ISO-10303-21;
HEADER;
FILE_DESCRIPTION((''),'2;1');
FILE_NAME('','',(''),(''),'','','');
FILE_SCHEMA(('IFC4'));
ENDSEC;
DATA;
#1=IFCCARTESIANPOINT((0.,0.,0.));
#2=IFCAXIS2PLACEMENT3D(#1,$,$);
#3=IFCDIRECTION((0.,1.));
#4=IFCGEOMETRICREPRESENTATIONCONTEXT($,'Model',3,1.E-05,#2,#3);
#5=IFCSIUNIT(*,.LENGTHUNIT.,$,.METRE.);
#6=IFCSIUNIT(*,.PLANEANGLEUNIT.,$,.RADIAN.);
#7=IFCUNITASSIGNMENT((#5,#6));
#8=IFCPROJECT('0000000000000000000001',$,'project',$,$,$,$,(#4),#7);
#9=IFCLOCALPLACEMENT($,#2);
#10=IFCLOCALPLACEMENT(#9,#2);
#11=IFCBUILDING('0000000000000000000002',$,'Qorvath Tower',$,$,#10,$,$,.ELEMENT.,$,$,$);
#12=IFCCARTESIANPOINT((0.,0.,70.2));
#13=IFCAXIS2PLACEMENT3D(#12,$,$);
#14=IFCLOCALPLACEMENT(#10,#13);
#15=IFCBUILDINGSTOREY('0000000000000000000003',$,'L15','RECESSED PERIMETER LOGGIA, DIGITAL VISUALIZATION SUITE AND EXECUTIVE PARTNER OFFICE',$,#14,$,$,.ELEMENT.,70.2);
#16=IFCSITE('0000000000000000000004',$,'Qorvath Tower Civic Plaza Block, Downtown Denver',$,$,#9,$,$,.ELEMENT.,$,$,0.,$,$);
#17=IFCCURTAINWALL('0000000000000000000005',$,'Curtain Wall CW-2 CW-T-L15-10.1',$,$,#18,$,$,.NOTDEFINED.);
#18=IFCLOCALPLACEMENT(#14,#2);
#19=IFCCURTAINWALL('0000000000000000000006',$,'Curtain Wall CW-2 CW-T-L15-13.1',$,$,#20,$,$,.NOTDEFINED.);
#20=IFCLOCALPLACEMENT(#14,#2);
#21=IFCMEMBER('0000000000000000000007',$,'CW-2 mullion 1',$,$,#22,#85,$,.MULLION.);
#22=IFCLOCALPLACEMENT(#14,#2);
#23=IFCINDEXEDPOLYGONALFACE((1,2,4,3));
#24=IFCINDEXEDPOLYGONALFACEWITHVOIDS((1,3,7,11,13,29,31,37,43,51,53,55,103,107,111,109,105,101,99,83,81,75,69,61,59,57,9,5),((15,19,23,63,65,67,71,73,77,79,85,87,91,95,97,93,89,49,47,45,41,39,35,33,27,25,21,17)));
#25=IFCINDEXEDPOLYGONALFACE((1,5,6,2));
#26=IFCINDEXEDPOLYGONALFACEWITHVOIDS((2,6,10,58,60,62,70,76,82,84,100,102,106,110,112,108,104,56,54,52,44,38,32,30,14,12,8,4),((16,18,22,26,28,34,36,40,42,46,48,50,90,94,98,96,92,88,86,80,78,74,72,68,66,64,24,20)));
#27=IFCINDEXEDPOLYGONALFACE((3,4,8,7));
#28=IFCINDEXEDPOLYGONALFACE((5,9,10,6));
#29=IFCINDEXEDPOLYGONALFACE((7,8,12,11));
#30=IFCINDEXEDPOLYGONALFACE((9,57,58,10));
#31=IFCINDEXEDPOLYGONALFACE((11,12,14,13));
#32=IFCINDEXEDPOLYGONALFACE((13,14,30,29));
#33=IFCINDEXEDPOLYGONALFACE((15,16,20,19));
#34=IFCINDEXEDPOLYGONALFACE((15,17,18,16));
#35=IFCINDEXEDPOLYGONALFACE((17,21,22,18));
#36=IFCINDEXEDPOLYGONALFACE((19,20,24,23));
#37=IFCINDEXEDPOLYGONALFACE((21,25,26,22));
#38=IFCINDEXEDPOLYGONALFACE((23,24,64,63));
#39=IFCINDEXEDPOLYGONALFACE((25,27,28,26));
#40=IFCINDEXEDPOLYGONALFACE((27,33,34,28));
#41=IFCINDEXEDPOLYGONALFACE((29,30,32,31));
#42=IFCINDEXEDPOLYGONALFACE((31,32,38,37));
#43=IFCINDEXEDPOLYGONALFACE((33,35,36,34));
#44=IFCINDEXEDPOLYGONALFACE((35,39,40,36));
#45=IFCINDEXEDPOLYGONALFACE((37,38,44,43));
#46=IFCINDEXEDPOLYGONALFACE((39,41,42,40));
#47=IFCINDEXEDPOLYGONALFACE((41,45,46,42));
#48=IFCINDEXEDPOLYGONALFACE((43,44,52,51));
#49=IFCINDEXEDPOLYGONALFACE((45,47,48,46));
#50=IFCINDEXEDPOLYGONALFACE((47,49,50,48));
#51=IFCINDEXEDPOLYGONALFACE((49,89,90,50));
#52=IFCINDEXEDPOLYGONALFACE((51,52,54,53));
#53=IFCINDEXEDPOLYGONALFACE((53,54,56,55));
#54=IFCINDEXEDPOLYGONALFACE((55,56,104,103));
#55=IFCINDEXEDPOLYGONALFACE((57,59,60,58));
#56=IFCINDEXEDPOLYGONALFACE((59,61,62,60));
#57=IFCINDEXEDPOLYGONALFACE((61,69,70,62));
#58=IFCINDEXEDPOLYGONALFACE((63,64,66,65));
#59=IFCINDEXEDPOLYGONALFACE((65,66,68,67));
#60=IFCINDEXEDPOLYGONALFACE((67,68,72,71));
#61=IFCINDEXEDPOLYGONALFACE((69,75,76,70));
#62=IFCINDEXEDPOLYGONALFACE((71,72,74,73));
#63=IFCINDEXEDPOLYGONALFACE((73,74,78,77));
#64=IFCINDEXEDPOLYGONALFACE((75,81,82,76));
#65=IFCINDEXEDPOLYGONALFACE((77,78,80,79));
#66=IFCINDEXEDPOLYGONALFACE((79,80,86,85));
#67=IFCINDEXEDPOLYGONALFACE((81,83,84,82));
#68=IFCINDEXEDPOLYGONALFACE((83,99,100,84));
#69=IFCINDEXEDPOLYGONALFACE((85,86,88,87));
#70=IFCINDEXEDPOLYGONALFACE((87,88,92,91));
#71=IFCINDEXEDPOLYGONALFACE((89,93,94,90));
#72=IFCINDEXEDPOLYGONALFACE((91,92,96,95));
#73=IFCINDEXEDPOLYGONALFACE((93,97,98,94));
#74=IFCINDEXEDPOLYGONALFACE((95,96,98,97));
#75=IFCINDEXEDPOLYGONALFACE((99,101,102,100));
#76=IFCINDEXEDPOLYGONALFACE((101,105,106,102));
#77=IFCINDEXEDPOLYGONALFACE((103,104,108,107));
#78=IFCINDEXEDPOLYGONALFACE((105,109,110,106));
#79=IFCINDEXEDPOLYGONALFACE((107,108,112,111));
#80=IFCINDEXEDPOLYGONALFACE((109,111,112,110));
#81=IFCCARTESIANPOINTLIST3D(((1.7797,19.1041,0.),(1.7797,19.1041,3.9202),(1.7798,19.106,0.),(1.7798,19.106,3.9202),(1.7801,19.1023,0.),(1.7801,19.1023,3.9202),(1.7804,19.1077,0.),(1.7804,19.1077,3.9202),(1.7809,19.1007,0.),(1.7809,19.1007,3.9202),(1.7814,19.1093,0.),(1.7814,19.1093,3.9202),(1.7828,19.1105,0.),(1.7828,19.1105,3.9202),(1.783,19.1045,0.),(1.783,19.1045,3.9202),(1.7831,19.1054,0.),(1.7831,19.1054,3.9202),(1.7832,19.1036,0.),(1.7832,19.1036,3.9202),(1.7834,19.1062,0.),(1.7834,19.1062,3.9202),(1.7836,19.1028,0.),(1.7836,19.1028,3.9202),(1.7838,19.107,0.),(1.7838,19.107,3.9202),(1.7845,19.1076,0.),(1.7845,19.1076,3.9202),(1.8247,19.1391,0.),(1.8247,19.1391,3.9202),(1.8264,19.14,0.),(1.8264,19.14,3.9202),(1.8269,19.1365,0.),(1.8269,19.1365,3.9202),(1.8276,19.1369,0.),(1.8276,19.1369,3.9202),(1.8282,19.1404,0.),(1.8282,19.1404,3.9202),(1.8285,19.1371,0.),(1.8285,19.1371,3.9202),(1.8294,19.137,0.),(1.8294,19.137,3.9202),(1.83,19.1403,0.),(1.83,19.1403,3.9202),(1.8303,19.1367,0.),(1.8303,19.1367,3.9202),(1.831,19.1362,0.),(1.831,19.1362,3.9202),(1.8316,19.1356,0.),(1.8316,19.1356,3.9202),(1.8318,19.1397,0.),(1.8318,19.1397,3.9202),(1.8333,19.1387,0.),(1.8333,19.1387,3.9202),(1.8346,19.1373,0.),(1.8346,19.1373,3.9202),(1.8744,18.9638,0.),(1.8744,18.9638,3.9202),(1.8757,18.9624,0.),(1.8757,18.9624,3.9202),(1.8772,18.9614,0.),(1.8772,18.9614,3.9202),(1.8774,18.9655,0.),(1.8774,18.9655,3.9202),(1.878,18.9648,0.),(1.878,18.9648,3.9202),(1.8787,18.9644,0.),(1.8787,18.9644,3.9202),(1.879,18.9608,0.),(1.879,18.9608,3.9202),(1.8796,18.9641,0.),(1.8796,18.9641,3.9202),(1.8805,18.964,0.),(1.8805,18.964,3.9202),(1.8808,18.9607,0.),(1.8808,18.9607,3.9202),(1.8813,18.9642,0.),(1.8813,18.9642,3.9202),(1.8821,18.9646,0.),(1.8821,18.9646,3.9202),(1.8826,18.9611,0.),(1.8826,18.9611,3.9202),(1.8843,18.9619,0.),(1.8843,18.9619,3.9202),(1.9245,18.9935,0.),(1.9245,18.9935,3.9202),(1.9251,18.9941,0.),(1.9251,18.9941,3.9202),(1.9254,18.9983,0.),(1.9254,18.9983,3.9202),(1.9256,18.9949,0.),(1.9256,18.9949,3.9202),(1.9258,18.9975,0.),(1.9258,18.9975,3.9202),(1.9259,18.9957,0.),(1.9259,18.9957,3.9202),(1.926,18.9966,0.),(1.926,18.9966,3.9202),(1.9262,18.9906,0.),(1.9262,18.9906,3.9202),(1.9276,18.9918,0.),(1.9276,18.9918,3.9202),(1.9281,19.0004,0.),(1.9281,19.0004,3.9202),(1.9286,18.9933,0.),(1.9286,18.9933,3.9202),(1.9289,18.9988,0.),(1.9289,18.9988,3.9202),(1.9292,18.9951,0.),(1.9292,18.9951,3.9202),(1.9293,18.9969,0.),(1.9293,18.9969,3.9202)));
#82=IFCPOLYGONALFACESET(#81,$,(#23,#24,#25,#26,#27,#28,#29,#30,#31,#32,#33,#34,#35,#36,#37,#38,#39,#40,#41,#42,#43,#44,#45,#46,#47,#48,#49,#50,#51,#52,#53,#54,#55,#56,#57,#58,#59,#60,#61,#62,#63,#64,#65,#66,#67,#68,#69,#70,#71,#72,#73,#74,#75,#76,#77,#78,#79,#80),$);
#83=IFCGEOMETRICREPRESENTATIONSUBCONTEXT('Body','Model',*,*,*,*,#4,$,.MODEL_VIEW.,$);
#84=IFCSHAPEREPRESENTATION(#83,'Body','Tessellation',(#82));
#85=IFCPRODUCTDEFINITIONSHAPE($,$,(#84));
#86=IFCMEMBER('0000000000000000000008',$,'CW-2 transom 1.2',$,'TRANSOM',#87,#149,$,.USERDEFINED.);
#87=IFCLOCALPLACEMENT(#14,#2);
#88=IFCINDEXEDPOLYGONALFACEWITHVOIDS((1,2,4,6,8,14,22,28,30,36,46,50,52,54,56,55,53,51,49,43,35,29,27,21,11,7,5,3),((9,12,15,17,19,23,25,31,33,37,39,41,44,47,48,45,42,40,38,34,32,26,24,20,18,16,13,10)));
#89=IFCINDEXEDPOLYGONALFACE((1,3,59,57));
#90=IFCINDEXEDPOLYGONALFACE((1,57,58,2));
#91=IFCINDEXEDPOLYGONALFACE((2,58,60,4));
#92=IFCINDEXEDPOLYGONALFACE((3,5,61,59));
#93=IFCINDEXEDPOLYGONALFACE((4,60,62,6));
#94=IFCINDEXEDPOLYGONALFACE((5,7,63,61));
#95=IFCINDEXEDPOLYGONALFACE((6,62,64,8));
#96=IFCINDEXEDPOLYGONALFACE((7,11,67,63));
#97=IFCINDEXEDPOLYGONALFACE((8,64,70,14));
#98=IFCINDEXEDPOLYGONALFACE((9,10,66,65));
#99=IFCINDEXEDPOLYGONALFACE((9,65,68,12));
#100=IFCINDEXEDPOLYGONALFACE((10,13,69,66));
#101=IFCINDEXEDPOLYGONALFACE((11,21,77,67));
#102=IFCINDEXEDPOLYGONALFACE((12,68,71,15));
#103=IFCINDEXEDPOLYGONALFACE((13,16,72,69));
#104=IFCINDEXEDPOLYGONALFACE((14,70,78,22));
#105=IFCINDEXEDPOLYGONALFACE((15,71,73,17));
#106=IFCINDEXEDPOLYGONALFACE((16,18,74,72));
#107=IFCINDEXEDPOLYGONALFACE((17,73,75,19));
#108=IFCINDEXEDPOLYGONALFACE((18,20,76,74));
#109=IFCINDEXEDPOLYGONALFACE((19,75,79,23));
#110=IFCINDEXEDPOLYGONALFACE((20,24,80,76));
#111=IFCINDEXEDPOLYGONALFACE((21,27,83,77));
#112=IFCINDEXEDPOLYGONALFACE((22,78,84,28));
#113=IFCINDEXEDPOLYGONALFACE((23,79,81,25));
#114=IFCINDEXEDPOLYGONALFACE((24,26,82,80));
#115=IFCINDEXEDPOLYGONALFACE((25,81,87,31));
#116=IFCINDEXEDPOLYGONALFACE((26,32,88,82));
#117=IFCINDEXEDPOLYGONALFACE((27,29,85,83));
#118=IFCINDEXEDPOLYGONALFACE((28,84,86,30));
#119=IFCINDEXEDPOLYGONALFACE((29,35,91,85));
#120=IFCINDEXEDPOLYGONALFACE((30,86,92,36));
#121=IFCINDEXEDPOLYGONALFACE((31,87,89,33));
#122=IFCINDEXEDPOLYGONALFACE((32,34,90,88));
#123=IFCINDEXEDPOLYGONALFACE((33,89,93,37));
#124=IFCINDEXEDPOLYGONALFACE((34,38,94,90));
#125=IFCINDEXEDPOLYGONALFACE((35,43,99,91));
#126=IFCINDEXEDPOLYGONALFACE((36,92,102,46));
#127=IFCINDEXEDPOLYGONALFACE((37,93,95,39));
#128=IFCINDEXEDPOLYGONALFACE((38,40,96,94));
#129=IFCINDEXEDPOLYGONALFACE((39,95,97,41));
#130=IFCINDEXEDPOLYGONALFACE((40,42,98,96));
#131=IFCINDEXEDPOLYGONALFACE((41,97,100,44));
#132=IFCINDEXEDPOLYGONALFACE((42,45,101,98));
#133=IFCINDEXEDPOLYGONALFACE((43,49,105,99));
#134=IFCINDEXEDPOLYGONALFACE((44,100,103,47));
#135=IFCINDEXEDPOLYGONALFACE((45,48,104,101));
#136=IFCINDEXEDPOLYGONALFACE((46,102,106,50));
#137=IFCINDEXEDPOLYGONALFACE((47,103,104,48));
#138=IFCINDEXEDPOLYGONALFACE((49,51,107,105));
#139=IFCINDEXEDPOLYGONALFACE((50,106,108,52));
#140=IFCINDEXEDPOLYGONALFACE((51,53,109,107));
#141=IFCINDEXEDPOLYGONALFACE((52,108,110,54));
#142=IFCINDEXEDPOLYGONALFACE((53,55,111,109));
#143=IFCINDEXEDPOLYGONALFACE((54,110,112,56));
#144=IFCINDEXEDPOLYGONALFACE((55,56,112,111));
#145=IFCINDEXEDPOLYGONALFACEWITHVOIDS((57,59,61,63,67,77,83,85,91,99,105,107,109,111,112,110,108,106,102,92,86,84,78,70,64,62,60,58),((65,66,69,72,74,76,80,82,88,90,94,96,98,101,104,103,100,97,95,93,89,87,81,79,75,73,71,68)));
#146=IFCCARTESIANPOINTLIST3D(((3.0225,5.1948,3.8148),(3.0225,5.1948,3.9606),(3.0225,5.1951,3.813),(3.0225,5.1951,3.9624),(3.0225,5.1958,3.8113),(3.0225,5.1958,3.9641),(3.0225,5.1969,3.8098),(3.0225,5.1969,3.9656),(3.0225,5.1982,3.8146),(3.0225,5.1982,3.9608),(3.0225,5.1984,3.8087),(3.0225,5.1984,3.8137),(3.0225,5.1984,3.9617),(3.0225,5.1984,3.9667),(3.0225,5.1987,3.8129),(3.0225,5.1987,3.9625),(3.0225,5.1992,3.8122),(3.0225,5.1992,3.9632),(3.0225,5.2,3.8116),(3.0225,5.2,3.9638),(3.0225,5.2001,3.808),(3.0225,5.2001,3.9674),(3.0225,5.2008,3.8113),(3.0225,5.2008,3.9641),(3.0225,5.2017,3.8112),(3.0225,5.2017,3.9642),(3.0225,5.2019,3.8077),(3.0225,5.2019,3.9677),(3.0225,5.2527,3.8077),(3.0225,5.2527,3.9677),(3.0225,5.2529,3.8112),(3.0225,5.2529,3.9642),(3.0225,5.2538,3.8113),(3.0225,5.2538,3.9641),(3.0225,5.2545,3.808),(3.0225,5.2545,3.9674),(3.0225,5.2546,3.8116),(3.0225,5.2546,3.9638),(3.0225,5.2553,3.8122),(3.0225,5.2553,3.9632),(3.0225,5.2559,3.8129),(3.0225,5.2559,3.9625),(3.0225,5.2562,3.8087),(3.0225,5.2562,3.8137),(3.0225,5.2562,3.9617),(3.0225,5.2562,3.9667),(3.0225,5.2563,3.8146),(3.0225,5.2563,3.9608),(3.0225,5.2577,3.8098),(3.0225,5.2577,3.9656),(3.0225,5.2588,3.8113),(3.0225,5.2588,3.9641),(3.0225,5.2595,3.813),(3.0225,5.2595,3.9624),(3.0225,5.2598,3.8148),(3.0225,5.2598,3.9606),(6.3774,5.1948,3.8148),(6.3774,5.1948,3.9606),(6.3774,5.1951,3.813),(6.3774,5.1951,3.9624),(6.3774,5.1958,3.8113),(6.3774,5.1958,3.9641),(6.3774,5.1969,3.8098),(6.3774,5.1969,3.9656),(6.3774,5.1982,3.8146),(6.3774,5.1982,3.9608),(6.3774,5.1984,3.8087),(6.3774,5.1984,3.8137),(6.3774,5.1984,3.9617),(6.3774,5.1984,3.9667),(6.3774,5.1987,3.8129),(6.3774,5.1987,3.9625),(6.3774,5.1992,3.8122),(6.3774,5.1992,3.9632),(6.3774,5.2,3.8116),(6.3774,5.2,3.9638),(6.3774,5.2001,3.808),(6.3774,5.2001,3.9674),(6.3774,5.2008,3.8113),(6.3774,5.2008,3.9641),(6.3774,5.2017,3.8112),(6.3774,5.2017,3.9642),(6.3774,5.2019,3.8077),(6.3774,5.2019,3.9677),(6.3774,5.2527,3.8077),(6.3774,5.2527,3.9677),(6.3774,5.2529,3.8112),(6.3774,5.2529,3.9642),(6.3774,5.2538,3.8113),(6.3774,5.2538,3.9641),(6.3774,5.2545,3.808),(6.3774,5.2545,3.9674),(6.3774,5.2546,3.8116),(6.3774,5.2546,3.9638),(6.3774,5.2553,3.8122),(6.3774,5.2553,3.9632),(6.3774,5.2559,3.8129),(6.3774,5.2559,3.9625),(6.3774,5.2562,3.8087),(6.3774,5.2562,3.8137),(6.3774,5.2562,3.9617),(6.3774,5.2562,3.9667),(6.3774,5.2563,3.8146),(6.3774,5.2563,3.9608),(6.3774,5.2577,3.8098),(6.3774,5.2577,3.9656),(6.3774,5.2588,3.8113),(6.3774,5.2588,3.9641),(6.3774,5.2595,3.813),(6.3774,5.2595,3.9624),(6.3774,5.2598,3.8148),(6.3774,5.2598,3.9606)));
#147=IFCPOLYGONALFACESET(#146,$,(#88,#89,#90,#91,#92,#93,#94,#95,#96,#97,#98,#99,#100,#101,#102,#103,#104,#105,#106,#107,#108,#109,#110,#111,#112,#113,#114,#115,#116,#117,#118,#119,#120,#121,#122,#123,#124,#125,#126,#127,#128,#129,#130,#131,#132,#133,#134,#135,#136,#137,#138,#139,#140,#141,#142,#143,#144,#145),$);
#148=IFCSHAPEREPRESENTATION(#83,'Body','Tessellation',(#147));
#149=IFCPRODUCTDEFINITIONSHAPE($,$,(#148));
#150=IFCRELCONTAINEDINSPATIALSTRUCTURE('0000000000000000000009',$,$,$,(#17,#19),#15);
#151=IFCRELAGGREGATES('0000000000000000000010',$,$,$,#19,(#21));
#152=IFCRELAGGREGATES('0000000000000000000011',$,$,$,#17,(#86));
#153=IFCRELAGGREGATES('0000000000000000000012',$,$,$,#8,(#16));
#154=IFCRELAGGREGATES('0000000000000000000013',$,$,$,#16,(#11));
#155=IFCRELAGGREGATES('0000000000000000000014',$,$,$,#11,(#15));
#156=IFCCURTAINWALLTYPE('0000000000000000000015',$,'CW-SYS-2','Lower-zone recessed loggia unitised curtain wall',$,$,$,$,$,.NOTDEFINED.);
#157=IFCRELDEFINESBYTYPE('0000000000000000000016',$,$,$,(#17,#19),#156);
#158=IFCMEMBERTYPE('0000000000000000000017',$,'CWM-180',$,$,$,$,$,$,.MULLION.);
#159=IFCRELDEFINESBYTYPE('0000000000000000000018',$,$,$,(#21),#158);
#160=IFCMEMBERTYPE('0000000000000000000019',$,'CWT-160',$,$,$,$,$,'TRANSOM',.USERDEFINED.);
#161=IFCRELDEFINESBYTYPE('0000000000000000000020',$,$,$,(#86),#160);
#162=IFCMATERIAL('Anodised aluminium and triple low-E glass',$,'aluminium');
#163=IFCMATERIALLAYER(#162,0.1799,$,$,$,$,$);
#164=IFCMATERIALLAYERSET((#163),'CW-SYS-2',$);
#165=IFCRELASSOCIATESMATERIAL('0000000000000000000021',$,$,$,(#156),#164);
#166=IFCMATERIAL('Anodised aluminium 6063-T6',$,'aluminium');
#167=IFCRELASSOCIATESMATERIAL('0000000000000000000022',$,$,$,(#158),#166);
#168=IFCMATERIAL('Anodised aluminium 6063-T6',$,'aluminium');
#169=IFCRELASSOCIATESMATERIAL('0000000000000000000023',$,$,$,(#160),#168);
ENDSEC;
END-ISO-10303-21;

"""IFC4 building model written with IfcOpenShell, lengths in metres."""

from ifc_helpers import new_model, si_unit, direction, frame, origin, origin_2d, place, context, subcontext, project, spatial, hollow_rectangle, extrude, material, layer, layer_set, material_profile, profile_set, type_object, element, aggregate, save


model = new_model("IFC4")

# Units and contexts
model_context = context("Model", 3, precision=1e-05, world=origin(), true_north=direction((0.0, 1.0)))
body_context = subcontext(model_context, "Body", "Model", "MODEL_VIEW")
ifc_project = project(units=[si_unit("LENGTHUNIT", "METRE"), si_unit("PLANEANGLEUNIT", "RADIAN")], contexts=[model_context])

# Site, building, storey
site_placement = place(None, origin())
site = spatial("IfcSite", under=ifc_project, at=site_placement, Name="Qorvath Tower Civic Plaza Block, Downtown Denver", CompositionType="ELEMENT", RefElevation=0.0)
building_placement = place(site_placement, origin())
building = spatial("IfcBuilding", under=site, at=building_placement, Name="Qorvath Tower", CompositionType="ELEMENT")
storey_placement = place(building_placement, frame((0.0, 0.0, 70.2)))
storey = spatial("IfcBuildingStorey", under=building, at=storey_placement, Name="L15", Description="RECESSED PERIMETER LOGGIA, DIGITAL VISUALIZATION SUITE AND EXECUTIVE PARTNER OFFICE", CompositionType="ELEMENT", Elevation=70.2)

# Curtain wall
ifc_material_1 = material(Name="Anodised aluminium and triple low-E glass", Category="aluminium")
ifc_layer_1 = layer(ifc_material_1, 0.1799)
ifc_layer_set_1 = layer_set([ifc_layer_1], Name="CW-SYS-2")
curtain_wall_type = type_object("IfcCurtainWallType", Name="CW-SYS-2", Description="Lower-zone recessed loggia unitised curtain wall", PredefinedType="NOTDEFINED", material=ifc_layer_set_1)
curtain_wall_1_placement = place(storey_placement, origin())
curtain_wall_1 = element("IfcCurtainWall", 1, at=curtain_wall_1_placement, inside=storey, type_object=curtain_wall_type, Name="Curtain Wall CW-2 CW-T-L15-10.1", PredefinedType="NOTDEFINED")
ifc_material_2 = material(Name="Anodised aluminium 6063-T6", Category="aluminium")
ifc_material_profile_1 = material_profile(ifc_material_2, hollow_rectangle(XDim=0.0649, YDim=0.1799, WallThickness=0.0034, InnerFilletRadius=0.0034, OuterFilletRadius=0.0071, at=origin_2d()), Name="CWM 180x65")
ifc_profile_set_1 = profile_set([ifc_material_profile_1], Name="Anodised aluminium 6063-T6")
member_type_1 = type_object("IfcMemberType", Name="CWM-180", PredefinedType="MULLION", material=ifc_profile_set_1)

# Curtain wall, member
curtain_wall_2_placement = place(storey_placement, origin())
curtain_wall_2 = element("IfcCurtainWall", 2, at=curtain_wall_2_placement, inside=storey, type_object=curtain_wall_type, Name="Curtain Wall CW-2 CW-T-L15-13.1", PredefinedType="NOTDEFINED")
member_1_placement = place(storey_placement, frame((1.8545, 19.0505, 0.0), z_axis=(0.0, 0.0, 1.0), x_axis=(-0.825792, -0.563974, 0.0)))
member_1 = element("IfcMember", 3, at=member_1_placement, type_object=member_type_1, Name="CW-2 mullion 1", PredefinedType="MULLION", context=body_context, shape_type="SweptSolid", body=[
    extrude(hollow_rectangle(XDim=0.0649, YDim=0.1799, WallThickness=0.0034, InnerFilletRadius=0.0034, OuterFilletRadius=0.0071, at=origin_2d()), origin(), (0.0, 0.0, 1.0), 3.9202),
])
aggregate(curtain_wall_2, [member_1])

# Member
ifc_material_3 = material(Name="Anodised aluminium 6063-T6", Category="aluminium")
ifc_material_profile_2 = material_profile(ifc_material_3, hollow_rectangle(XDim=0.0649, YDim=0.1599, WallThickness=0.0034, InnerFilletRadius=0.0034, OuterFilletRadius=0.0071, at=origin_2d()), Name="CWT 160x65")
ifc_profile_set_2 = profile_set([ifc_material_profile_2], Name="Anodised aluminium 6063-T6")
member_type_2 = type_object("IfcMemberType", Name="CWT-160", ElementType="TRANSOM", PredefinedType="USERDEFINED", material=ifc_profile_set_2)
member_2_placement = place(storey_placement, frame((3.0225, 5.2273, 3.8877), z_axis=(1.0, 0.0, 0.0), x_axis=(0.0, 1.0, 0.0)))
member_2 = element("IfcMember", 4, at=member_2_placement, type_object=member_type_2, Name="CW-2 transom 1.2", ObjectType="TRANSOM", PredefinedType="USERDEFINED", context=body_context, shape_type="SweptSolid", body=[
    extrude(hollow_rectangle(XDim=0.0649, YDim=0.1599, WallThickness=0.0034, InnerFilletRadius=0.0034, OuterFilletRadius=0.0071, at=origin_2d()), origin(), (0.0, 0.0, 1.0), 3.355),
])

aggregate(curtain_wall_1, [member_2])

save(model, "model.ifc")
